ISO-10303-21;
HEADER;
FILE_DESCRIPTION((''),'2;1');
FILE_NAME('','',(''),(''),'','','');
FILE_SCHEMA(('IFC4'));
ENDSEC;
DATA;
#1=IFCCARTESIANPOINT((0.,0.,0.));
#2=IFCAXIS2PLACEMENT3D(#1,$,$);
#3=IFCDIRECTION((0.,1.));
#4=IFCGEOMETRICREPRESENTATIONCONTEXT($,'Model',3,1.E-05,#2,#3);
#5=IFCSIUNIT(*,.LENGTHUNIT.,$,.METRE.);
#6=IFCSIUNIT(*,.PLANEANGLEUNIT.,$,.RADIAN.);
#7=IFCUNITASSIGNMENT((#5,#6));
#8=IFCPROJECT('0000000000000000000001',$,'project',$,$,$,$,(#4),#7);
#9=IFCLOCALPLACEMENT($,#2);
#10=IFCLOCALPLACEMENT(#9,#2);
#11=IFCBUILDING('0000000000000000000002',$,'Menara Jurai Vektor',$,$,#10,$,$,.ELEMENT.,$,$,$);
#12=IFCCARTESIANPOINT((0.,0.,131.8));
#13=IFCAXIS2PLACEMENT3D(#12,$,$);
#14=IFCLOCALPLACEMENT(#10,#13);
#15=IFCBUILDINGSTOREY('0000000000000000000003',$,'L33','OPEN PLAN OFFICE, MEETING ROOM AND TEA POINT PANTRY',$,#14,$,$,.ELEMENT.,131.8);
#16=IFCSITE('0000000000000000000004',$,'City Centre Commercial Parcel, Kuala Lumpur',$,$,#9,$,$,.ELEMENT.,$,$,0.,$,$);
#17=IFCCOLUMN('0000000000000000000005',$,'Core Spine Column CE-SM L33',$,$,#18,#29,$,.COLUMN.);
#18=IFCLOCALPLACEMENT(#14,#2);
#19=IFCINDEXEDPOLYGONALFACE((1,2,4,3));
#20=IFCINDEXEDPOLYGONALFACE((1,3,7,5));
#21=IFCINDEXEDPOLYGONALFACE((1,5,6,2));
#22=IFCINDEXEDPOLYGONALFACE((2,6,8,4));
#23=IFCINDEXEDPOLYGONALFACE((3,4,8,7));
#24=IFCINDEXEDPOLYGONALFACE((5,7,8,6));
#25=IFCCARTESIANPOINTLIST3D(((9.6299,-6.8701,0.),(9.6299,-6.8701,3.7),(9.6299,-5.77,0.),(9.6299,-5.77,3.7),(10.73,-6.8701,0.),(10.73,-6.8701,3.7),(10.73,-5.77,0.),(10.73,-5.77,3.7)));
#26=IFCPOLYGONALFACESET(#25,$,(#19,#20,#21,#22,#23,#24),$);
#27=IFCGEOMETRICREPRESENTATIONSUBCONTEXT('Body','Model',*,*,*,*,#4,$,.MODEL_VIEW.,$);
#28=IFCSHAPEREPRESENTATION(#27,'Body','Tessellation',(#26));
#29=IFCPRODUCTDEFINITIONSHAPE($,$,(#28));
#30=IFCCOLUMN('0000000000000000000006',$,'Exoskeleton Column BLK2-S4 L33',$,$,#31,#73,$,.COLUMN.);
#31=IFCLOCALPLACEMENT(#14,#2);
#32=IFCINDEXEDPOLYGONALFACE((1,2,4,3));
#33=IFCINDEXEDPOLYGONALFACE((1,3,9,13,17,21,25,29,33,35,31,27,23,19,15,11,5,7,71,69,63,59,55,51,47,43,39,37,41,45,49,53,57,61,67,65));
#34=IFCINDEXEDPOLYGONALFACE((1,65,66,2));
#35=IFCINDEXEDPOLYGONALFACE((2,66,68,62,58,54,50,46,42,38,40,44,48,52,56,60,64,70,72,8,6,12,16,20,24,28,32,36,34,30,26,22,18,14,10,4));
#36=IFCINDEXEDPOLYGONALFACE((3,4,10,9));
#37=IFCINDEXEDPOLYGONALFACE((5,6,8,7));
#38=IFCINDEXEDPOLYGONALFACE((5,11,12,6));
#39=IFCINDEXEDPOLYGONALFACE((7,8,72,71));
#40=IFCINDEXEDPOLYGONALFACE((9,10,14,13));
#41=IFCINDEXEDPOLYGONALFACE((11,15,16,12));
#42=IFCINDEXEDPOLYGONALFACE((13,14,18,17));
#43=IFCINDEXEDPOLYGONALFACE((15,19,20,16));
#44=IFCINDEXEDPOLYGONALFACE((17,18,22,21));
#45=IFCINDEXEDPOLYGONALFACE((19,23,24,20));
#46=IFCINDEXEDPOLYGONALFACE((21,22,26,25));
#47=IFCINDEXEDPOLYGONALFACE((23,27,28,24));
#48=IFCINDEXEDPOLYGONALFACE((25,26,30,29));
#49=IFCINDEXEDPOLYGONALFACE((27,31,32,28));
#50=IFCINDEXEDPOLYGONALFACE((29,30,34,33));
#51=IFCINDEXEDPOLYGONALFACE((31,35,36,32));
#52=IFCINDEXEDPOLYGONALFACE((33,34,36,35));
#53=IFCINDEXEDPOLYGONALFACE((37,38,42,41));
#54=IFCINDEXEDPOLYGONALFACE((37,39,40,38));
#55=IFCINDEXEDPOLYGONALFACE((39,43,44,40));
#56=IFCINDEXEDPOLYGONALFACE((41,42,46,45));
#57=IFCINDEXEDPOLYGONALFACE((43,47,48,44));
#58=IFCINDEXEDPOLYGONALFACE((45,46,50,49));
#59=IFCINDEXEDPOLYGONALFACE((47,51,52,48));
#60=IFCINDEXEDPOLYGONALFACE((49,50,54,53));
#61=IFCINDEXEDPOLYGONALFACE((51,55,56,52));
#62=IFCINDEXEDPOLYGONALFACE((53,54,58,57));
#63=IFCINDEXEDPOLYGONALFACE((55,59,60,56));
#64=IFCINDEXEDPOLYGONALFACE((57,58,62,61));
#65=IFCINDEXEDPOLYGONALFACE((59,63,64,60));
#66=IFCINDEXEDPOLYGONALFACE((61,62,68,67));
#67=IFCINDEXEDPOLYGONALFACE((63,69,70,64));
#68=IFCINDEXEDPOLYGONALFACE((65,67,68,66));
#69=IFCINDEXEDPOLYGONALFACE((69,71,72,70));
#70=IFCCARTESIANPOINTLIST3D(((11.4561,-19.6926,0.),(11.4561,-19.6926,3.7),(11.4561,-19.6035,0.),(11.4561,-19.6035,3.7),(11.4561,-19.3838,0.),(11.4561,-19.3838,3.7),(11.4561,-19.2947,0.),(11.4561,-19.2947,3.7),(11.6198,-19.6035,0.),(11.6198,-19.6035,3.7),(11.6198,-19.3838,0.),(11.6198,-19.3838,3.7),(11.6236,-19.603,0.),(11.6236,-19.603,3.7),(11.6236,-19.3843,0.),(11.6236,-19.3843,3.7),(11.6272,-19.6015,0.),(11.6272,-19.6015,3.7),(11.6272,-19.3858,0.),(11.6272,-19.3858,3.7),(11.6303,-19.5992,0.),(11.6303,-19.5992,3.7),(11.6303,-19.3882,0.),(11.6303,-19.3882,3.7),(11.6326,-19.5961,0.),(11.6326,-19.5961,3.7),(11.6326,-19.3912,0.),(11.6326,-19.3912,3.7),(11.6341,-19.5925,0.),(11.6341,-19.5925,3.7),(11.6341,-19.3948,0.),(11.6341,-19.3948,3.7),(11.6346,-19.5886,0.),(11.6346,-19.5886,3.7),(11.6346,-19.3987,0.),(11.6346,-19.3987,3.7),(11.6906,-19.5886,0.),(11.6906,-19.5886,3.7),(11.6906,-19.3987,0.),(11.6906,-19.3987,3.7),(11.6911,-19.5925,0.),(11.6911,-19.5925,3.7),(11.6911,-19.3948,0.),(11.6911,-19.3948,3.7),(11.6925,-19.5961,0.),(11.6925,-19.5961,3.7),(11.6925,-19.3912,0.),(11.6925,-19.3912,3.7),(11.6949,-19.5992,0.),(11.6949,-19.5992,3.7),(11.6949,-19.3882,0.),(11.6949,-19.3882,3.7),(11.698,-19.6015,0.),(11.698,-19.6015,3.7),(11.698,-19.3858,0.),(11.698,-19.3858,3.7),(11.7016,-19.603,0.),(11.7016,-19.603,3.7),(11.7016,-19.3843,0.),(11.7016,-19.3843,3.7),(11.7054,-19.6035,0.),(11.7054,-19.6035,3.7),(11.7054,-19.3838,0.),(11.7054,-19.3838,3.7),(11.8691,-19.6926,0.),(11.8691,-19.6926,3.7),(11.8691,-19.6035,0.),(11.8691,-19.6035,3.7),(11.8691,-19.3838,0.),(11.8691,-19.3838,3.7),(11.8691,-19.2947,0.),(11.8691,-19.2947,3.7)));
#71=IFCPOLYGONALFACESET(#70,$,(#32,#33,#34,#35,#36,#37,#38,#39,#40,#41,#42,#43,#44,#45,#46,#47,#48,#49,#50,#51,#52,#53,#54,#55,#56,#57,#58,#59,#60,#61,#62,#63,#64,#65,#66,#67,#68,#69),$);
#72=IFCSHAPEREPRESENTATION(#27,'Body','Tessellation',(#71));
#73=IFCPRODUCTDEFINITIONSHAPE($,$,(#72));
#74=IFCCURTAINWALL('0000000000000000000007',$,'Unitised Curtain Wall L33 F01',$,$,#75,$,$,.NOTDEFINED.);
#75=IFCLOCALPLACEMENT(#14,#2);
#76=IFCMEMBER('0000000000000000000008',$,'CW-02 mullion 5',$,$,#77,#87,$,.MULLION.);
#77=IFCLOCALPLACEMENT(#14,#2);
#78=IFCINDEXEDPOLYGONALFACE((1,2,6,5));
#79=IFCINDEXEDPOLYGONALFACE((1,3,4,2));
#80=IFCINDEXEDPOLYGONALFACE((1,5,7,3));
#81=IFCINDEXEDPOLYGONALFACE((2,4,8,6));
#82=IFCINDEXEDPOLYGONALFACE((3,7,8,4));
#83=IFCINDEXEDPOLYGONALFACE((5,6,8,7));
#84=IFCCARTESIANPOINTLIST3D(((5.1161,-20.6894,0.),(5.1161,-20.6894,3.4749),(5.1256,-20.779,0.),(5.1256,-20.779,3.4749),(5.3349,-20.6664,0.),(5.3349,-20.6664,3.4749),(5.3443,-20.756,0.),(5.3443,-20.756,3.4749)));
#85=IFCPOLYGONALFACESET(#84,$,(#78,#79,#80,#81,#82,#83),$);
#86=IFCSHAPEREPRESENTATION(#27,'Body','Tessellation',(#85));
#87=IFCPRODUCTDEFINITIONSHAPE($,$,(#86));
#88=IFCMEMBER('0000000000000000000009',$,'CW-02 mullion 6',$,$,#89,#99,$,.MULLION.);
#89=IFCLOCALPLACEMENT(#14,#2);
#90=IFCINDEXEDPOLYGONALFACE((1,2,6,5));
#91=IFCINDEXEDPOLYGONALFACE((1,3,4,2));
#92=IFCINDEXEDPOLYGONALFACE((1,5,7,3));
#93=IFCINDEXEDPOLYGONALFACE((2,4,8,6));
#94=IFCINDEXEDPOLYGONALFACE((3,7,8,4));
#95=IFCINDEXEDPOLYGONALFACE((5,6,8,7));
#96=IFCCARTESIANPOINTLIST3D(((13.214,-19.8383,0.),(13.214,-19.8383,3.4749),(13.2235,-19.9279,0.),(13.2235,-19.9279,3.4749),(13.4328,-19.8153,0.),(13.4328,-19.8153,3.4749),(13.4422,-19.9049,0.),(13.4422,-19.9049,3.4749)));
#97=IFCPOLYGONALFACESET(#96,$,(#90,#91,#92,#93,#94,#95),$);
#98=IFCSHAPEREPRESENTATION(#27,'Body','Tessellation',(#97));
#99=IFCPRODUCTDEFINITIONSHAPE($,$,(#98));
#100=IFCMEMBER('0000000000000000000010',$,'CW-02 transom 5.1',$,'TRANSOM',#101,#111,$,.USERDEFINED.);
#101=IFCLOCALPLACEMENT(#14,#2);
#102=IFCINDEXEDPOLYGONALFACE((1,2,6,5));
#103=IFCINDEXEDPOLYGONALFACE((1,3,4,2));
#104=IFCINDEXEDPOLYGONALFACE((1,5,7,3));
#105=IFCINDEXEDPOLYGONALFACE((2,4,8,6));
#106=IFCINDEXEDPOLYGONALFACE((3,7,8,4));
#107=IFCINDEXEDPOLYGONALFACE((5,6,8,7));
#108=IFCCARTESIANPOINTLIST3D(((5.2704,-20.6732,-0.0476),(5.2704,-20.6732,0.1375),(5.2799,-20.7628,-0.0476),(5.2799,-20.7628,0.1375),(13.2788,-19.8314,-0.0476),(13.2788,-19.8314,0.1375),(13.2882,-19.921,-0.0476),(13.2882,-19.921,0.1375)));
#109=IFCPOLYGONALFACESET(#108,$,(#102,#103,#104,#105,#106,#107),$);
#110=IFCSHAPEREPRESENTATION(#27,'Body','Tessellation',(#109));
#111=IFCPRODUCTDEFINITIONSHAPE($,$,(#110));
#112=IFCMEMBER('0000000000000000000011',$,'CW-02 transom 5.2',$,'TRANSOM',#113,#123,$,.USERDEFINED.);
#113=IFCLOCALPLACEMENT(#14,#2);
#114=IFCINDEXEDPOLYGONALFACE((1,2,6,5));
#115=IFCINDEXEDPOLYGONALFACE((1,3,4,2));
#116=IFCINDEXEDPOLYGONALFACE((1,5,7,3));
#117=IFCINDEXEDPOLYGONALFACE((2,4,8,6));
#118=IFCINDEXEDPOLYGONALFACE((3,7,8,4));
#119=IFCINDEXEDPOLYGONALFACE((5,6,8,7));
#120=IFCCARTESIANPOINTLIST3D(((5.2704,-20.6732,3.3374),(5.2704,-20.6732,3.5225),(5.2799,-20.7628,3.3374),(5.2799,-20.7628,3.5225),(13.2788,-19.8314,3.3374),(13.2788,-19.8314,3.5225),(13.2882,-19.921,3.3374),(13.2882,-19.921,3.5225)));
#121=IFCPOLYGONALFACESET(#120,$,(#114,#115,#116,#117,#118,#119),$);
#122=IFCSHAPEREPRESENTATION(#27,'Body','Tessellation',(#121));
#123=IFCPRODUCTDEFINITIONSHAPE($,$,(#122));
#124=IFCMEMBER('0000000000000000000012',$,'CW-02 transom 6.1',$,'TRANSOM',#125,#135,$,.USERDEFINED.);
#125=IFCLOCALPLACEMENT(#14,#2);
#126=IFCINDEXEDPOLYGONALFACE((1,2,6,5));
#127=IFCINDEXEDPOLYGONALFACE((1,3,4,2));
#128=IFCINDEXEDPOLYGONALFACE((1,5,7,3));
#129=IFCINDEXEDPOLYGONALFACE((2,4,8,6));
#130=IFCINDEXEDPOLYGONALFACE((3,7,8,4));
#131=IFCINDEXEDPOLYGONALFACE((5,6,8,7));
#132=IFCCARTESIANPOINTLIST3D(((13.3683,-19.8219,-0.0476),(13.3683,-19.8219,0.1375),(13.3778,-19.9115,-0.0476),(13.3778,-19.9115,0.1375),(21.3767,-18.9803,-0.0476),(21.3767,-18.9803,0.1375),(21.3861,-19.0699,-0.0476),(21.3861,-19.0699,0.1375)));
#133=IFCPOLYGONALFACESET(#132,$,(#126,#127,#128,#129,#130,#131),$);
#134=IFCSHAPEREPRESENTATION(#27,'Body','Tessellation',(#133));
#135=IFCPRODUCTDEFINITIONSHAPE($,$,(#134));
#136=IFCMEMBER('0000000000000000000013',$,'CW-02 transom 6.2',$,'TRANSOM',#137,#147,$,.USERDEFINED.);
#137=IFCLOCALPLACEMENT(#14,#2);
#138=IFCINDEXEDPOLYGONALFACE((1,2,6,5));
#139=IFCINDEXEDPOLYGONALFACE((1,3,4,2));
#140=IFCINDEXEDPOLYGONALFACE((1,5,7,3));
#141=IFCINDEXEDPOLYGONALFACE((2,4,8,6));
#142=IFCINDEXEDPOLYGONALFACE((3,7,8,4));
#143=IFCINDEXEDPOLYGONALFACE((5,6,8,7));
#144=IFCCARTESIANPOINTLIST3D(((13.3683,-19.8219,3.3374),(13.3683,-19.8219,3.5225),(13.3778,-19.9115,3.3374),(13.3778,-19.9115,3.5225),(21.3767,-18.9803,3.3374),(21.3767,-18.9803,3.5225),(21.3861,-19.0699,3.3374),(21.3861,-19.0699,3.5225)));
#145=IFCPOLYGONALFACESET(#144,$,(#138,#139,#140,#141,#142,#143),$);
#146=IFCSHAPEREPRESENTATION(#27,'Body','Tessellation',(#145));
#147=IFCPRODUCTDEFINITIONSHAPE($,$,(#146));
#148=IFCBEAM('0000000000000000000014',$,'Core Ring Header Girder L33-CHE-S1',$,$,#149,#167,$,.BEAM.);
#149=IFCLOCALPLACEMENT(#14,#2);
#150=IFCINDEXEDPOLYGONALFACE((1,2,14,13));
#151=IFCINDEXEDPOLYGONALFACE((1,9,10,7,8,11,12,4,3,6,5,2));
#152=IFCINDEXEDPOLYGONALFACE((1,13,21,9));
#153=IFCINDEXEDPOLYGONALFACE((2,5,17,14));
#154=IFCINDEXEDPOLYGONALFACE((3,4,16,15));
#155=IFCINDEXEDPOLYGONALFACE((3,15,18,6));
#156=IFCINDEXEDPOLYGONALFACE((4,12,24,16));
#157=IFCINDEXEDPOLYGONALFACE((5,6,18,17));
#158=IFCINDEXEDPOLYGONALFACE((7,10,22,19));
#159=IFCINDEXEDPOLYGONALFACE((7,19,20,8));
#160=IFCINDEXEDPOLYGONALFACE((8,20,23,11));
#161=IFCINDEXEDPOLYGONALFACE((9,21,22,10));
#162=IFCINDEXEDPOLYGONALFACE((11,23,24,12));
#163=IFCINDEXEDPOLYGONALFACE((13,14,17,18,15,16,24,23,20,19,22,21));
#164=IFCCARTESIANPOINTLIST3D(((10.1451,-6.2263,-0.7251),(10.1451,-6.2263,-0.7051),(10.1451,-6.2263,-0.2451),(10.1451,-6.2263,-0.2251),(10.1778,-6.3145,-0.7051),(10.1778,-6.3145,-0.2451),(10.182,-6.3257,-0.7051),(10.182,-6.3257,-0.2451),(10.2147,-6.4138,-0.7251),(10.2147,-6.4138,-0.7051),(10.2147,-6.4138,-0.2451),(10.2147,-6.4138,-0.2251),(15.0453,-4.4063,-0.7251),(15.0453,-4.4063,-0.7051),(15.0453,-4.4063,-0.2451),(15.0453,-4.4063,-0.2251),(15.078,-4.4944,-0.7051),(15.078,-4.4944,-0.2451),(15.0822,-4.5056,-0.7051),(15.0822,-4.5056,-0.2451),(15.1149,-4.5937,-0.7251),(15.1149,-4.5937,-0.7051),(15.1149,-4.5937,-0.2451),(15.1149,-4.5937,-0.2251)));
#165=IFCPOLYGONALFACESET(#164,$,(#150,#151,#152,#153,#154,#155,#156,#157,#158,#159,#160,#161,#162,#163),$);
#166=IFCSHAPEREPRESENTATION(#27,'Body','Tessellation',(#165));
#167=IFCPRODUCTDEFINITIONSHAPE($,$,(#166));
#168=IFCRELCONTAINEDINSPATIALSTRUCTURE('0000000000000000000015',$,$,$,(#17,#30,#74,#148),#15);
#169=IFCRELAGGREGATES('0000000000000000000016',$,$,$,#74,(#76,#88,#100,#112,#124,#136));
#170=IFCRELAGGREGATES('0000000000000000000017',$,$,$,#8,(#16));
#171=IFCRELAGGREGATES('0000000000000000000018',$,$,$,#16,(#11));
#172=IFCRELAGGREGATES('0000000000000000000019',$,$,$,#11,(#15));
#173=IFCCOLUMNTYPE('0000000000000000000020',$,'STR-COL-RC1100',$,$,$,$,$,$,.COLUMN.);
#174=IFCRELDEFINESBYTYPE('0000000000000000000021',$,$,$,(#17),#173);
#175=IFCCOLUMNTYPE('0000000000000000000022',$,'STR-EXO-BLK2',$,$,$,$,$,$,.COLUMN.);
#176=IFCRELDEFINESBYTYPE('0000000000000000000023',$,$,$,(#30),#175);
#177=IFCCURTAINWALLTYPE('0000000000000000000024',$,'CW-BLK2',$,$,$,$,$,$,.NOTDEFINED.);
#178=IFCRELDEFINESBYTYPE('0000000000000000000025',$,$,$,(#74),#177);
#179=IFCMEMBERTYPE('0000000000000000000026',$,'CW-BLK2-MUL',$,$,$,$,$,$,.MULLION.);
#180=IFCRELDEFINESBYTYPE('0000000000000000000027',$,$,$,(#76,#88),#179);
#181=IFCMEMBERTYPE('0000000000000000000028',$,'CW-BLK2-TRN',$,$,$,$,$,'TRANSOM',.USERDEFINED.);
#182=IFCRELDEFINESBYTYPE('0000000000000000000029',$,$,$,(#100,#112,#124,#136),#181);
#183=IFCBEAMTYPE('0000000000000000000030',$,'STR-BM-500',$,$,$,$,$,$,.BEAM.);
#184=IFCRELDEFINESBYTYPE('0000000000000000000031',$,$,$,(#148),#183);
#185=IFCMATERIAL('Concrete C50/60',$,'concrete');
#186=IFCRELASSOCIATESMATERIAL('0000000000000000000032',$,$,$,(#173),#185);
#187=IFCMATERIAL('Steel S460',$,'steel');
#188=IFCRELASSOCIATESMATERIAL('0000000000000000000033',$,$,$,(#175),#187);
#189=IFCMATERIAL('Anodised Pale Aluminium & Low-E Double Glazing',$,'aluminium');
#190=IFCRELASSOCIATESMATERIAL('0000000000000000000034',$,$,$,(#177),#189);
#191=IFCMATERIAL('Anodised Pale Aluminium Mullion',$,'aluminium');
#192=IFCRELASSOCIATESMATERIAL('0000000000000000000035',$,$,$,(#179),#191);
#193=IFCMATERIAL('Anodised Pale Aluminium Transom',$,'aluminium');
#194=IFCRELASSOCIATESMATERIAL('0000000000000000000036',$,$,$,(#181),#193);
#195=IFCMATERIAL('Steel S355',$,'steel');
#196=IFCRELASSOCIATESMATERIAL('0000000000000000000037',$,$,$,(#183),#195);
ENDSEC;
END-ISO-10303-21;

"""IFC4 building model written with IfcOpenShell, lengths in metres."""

from ifc_helpers import new_model, si_unit, direction, frame, origin, origin_2d, place, context, subcontext, project, spatial, rectangle, i_section, extrude, material, material_profile, profile_set, type_object, element, aggregate, save


model = new_model("IFC4")

# Units and contexts
model_context = context("Model", 3, precision=1e-05, world=origin(), true_north=direction((0.0, 1.0)))
body_context = subcontext(model_context, "Body", "Model", "MODEL_VIEW")
ifc_project = project(units=[si_unit("LENGTHUNIT", "METRE"), si_unit("PLANEANGLEUNIT", "RADIAN")], contexts=[model_context])

# Site, building, storey
site_placement = place(None, origin())
site = spatial("IfcSite", under=ifc_project, at=site_placement, Name="City Centre Commercial Parcel, Kuala Lumpur", CompositionType="ELEMENT", RefElevation=0.0)
building_placement = place(site_placement, origin())
building = spatial("IfcBuilding", under=site, at=building_placement, Name="Menara Jurai Vektor", CompositionType="ELEMENT")
storey_placement = place(building_placement, frame((0.0, 0.0, 131.8)))
storey = spatial("IfcBuildingStorey", under=building, at=storey_placement, Name="L33", Description="OPEN PLAN OFFICE, MEETING ROOM AND TEA POINT PANTRY", CompositionType="ELEMENT", Elevation=131.8)

# Columns
ifc_material_1 = material(Name="Concrete C50/60", Category="concrete")
ifc_material_profile_1 = material_profile(ifc_material_1, rectangle(XDim=1.1001, YDim=1.1001, at=origin_2d()), Name="RC 1100x1100")
ifc_profile_set_1 = profile_set([ifc_material_profile_1], Name="Concrete C50/60")
column_type_1 = type_object("IfcColumnType", Name="STR-COL-RC1100", PredefinedType="COLUMN", material=ifc_profile_set_1)
column_1_placement = place(storey_placement, frame((10.1799, -6.3201, 0.0), z_axis=(0.0, 0.0, 1.0), x_axis=(1.0, 0.0, 0.0)))
element("IfcColumn", 1, at=column_1_placement, inside=storey, type_object=column_type_1, Name="Core Spine Column CE-SM L33", PredefinedType="COLUMN", context=body_context, shape_type="SweptSolid", body=[
    extrude(rectangle(XDim=1.1001, YDim=1.1001, at=origin_2d()), origin(), (0.0, 0.0, 1.0), 3.7),
])
ifc_material_2 = material(Name="Steel S460", Category="steel")
ifc_material_profile_2 = material_profile(ifc_material_2, i_section(OverallWidth=0.4131, OverallDepth=0.3979, WebThickness=0.0559, FlangeThickness=0.0891, FilletRadius=0.0149, at=origin_2d()), Name="HD 400x744")
ifc_profile_set_2 = profile_set([ifc_material_profile_2], Name="Steel S460")
column_type_2 = type_object("IfcColumnType", Name="STR-EXO-BLK2", PredefinedType="COLUMN", material=ifc_profile_set_2)
column_2_placement = place(storey_placement, frame((11.6626, -19.4937, 0.0), z_axis=(0.0, 0.0, 1.0), x_axis=(1.0, 0.0, 0.0)))
element("IfcColumn", 2, at=column_2_placement, inside=storey, type_object=column_type_2, Name="Exoskeleton Column BLK2-S4 L33", PredefinedType="COLUMN", context=body_context, shape_type="SweptSolid", body=[
    extrude(i_section(OverallWidth=0.4131, OverallDepth=0.3979, WebThickness=0.0559, FlangeThickness=0.0891, FilletRadius=0.0149, at=origin_2d()), origin(), (0.0, 0.0, 1.0), 3.7),
])

# Curtain wall, members
ifc_material_3 = material(Name="Anodised Pale Aluminium & Low-E Double Glazing", Category="aluminium")
curtain_wall_type = type_object("IfcCurtainWallType", Name="CW-BLK2", PredefinedType="NOTDEFINED", material=ifc_material_3)
curtain_wall_placement = place(storey_placement, origin())
curtain_wall = element("IfcCurtainWall", 3, at=curtain_wall_placement, inside=storey, type_object=curtain_wall_type, Name="Unitised Curtain Wall L33 F01", PredefinedType="NOTDEFINED")
ifc_material_4 = material(Name="Anodised Pale Aluminium Mullion", Category="aluminium")
ifc_material_profile_3 = material_profile(ifc_material_4, rectangle(XDim=0.0901, YDim=0.22, at=origin_2d()), Name="ALU MUL 90x220")
ifc_profile_set_3 = profile_set([ifc_material_profile_3], Name="Anodised Pale Aluminium Mullion")
member_type_1 = type_object("IfcMemberType", Name="CW-BLK2-MUL", PredefinedType="MULLION", material=ifc_profile_set_3)
member_1_placement = place(storey_placement, frame((5.2302, -20.7227, 0.0), z_axis=(0.0, 0.0, 1.0), x_axis=(-0.104529, 0.994522, 0.0)))
member_1 = element("IfcMember", 4, at=member_1_placement, type_object=member_type_1, Name="CW-02 mullion 5", PredefinedType="MULLION", context=body_context, shape_type="SweptSolid", body=[
    extrude(rectangle(XDim=0.0901, YDim=0.22, at=origin_2d()), origin(), (0.0, 0.0, 1.0), 3.4749),
])
member_2_placement = place(storey_placement, frame((13.3281, -19.8716, 0.0), z_axis=(0.0, 0.0, 1.0), x_axis=(-0.104529, 0.994522, 0.0)))
member_2 = element("IfcMember", 5, at=member_2_placement, type_object=member_type_1, Name="CW-02 mullion 6", PredefinedType="MULLION", context=body_context, shape_type="SweptSolid", body=[
    extrude(rectangle(XDim=0.0901, YDim=0.22, at=origin_2d()), origin(), (0.0, 0.0, 1.0), 3.4749),
])
ifc_material_5 = material(Name="Anodised Pale Aluminium Transom", Category="aluminium")
ifc_material_profile_4 = material_profile(ifc_material_5, rectangle(XDim=0.0901, YDim=0.1851, at=origin_2d()), Name="ALU TRN 90x185")
ifc_profile_set_4 = profile_set([ifc_material_profile_4], Name="Anodised Pale Aluminium Transom")
member_type_2 = type_object("IfcMemberType", Name="CW-BLK2-TRN", ElementType="TRANSOM", PredefinedType="USERDEFINED", material=ifc_profile_set_4)
member_3_placement = place(storey_placement, frame((5.2751, -20.718, 0.0449), z_axis=(0.994521, 0.10454, 0.0), x_axis=(-0.10454, 0.994521, 0.0)))
member_3 = element("IfcMember", 6, at=member_3_placement, type_object=member_type_2, Name="CW-02 transom 5.1", ObjectType="TRANSOM", PredefinedType="USERDEFINED", context=body_context, shape_type="SweptSolid", body=[
    extrude(rectangle(XDim=0.0901, YDim=0.1851, at=origin_2d()), origin(), (0.0, 0.0, 1.0), 8.0525),
])
member_4_placement = place(storey_placement, frame((5.2751, -20.718, 3.4299), z_axis=(0.994521, 0.10454, 0.0), x_axis=(-0.10454, 0.994521, 0.0)))
member_4 = element("IfcMember", 7, at=member_4_placement, type_object=member_type_2, Name="CW-02 transom 5.2", ObjectType="TRANSOM", PredefinedType="USERDEFINED", context=body_context, shape_type="SweptSolid", body=[
    extrude(rectangle(XDim=0.0901, YDim=0.1851, at=origin_2d()), origin(), (0.0, 0.0, 1.0), 8.0525),
])
member_5_placement = place(storey_placement, frame((13.373, -19.8667, 0.0449), z_axis=(0.994524, 0.10451, 0.0), x_axis=(-0.10451, 0.994524, 0.0)))
member_5 = element("IfcMember", 8, at=member_5_placement, type_object=member_type_2, Name="CW-02 transom 6.1", ObjectType="TRANSOM", PredefinedType="USERDEFINED", context=body_context, shape_type="SweptSolid", body=[
    extrude(rectangle(XDim=0.0901, YDim=0.1851, at=origin_2d()), origin(), (0.0, 0.0, 1.0), 8.0525),
])
member_6_placement = place(storey_placement, frame((13.373, -19.8667, 3.4299), z_axis=(0.994524, 0.10451, 0.0), x_axis=(-0.10451, 0.994524, 0.0)))
member_6 = element("IfcMember", 9, at=member_6_placement, type_object=member_type_2, Name="CW-02 transom 6.2", ObjectType="TRANSOM", PredefinedType="USERDEFINED", context=body_context, shape_type="SweptSolid", body=[
    extrude(rectangle(XDim=0.0901, YDim=0.1851, at=origin_2d()), origin(), (0.0, 0.0, 1.0), 8.0525),
])

# Beam
ifc_material_6 = material(Name="Steel S355", Category="steel")
ifc_material_profile_5 = material_profile(ifc_material_6, i_section(OverallWidth=0.2, OverallDepth=0.5, WebThickness=0.012, FlangeThickness=0.02, at=origin_2d()), Name="PG 500x200x96")
ifc_profile_set_5 = profile_set([ifc_material_profile_5], Name="Steel S355")
beam_type_1 = type_object("IfcBeamType", Name="STR-BM-500", PredefinedType="BEAM", material=ifc_profile_set_5)
beam_1_placement = place(storey_placement, frame((10.1799, -6.3201, -0.4751), z_axis=(0.937424, 0.348189, 0.0), x_axis=(-0.348189, 0.937424, 0.0)))
element("IfcBeam", 10, at=beam_1_placement, inside=storey, type_object=beam_type_1, Name="Core Ring Header Girder L33-CHE-S1", PredefinedType="BEAM", context=body_context, shape_type="SweptSolid", body=[
    extrude(i_section(OverallWidth=0.2, OverallDepth=0.5, WebThickness=0.012, FlangeThickness=0.02, at=origin_2d()), origin(), (0.0, 0.0, 1.0), 5.2273),
])

aggregate(curtain_wall, [member_1, member_2, member_3, member_4, member_5, member_6])

save(model, "model.ifc")
